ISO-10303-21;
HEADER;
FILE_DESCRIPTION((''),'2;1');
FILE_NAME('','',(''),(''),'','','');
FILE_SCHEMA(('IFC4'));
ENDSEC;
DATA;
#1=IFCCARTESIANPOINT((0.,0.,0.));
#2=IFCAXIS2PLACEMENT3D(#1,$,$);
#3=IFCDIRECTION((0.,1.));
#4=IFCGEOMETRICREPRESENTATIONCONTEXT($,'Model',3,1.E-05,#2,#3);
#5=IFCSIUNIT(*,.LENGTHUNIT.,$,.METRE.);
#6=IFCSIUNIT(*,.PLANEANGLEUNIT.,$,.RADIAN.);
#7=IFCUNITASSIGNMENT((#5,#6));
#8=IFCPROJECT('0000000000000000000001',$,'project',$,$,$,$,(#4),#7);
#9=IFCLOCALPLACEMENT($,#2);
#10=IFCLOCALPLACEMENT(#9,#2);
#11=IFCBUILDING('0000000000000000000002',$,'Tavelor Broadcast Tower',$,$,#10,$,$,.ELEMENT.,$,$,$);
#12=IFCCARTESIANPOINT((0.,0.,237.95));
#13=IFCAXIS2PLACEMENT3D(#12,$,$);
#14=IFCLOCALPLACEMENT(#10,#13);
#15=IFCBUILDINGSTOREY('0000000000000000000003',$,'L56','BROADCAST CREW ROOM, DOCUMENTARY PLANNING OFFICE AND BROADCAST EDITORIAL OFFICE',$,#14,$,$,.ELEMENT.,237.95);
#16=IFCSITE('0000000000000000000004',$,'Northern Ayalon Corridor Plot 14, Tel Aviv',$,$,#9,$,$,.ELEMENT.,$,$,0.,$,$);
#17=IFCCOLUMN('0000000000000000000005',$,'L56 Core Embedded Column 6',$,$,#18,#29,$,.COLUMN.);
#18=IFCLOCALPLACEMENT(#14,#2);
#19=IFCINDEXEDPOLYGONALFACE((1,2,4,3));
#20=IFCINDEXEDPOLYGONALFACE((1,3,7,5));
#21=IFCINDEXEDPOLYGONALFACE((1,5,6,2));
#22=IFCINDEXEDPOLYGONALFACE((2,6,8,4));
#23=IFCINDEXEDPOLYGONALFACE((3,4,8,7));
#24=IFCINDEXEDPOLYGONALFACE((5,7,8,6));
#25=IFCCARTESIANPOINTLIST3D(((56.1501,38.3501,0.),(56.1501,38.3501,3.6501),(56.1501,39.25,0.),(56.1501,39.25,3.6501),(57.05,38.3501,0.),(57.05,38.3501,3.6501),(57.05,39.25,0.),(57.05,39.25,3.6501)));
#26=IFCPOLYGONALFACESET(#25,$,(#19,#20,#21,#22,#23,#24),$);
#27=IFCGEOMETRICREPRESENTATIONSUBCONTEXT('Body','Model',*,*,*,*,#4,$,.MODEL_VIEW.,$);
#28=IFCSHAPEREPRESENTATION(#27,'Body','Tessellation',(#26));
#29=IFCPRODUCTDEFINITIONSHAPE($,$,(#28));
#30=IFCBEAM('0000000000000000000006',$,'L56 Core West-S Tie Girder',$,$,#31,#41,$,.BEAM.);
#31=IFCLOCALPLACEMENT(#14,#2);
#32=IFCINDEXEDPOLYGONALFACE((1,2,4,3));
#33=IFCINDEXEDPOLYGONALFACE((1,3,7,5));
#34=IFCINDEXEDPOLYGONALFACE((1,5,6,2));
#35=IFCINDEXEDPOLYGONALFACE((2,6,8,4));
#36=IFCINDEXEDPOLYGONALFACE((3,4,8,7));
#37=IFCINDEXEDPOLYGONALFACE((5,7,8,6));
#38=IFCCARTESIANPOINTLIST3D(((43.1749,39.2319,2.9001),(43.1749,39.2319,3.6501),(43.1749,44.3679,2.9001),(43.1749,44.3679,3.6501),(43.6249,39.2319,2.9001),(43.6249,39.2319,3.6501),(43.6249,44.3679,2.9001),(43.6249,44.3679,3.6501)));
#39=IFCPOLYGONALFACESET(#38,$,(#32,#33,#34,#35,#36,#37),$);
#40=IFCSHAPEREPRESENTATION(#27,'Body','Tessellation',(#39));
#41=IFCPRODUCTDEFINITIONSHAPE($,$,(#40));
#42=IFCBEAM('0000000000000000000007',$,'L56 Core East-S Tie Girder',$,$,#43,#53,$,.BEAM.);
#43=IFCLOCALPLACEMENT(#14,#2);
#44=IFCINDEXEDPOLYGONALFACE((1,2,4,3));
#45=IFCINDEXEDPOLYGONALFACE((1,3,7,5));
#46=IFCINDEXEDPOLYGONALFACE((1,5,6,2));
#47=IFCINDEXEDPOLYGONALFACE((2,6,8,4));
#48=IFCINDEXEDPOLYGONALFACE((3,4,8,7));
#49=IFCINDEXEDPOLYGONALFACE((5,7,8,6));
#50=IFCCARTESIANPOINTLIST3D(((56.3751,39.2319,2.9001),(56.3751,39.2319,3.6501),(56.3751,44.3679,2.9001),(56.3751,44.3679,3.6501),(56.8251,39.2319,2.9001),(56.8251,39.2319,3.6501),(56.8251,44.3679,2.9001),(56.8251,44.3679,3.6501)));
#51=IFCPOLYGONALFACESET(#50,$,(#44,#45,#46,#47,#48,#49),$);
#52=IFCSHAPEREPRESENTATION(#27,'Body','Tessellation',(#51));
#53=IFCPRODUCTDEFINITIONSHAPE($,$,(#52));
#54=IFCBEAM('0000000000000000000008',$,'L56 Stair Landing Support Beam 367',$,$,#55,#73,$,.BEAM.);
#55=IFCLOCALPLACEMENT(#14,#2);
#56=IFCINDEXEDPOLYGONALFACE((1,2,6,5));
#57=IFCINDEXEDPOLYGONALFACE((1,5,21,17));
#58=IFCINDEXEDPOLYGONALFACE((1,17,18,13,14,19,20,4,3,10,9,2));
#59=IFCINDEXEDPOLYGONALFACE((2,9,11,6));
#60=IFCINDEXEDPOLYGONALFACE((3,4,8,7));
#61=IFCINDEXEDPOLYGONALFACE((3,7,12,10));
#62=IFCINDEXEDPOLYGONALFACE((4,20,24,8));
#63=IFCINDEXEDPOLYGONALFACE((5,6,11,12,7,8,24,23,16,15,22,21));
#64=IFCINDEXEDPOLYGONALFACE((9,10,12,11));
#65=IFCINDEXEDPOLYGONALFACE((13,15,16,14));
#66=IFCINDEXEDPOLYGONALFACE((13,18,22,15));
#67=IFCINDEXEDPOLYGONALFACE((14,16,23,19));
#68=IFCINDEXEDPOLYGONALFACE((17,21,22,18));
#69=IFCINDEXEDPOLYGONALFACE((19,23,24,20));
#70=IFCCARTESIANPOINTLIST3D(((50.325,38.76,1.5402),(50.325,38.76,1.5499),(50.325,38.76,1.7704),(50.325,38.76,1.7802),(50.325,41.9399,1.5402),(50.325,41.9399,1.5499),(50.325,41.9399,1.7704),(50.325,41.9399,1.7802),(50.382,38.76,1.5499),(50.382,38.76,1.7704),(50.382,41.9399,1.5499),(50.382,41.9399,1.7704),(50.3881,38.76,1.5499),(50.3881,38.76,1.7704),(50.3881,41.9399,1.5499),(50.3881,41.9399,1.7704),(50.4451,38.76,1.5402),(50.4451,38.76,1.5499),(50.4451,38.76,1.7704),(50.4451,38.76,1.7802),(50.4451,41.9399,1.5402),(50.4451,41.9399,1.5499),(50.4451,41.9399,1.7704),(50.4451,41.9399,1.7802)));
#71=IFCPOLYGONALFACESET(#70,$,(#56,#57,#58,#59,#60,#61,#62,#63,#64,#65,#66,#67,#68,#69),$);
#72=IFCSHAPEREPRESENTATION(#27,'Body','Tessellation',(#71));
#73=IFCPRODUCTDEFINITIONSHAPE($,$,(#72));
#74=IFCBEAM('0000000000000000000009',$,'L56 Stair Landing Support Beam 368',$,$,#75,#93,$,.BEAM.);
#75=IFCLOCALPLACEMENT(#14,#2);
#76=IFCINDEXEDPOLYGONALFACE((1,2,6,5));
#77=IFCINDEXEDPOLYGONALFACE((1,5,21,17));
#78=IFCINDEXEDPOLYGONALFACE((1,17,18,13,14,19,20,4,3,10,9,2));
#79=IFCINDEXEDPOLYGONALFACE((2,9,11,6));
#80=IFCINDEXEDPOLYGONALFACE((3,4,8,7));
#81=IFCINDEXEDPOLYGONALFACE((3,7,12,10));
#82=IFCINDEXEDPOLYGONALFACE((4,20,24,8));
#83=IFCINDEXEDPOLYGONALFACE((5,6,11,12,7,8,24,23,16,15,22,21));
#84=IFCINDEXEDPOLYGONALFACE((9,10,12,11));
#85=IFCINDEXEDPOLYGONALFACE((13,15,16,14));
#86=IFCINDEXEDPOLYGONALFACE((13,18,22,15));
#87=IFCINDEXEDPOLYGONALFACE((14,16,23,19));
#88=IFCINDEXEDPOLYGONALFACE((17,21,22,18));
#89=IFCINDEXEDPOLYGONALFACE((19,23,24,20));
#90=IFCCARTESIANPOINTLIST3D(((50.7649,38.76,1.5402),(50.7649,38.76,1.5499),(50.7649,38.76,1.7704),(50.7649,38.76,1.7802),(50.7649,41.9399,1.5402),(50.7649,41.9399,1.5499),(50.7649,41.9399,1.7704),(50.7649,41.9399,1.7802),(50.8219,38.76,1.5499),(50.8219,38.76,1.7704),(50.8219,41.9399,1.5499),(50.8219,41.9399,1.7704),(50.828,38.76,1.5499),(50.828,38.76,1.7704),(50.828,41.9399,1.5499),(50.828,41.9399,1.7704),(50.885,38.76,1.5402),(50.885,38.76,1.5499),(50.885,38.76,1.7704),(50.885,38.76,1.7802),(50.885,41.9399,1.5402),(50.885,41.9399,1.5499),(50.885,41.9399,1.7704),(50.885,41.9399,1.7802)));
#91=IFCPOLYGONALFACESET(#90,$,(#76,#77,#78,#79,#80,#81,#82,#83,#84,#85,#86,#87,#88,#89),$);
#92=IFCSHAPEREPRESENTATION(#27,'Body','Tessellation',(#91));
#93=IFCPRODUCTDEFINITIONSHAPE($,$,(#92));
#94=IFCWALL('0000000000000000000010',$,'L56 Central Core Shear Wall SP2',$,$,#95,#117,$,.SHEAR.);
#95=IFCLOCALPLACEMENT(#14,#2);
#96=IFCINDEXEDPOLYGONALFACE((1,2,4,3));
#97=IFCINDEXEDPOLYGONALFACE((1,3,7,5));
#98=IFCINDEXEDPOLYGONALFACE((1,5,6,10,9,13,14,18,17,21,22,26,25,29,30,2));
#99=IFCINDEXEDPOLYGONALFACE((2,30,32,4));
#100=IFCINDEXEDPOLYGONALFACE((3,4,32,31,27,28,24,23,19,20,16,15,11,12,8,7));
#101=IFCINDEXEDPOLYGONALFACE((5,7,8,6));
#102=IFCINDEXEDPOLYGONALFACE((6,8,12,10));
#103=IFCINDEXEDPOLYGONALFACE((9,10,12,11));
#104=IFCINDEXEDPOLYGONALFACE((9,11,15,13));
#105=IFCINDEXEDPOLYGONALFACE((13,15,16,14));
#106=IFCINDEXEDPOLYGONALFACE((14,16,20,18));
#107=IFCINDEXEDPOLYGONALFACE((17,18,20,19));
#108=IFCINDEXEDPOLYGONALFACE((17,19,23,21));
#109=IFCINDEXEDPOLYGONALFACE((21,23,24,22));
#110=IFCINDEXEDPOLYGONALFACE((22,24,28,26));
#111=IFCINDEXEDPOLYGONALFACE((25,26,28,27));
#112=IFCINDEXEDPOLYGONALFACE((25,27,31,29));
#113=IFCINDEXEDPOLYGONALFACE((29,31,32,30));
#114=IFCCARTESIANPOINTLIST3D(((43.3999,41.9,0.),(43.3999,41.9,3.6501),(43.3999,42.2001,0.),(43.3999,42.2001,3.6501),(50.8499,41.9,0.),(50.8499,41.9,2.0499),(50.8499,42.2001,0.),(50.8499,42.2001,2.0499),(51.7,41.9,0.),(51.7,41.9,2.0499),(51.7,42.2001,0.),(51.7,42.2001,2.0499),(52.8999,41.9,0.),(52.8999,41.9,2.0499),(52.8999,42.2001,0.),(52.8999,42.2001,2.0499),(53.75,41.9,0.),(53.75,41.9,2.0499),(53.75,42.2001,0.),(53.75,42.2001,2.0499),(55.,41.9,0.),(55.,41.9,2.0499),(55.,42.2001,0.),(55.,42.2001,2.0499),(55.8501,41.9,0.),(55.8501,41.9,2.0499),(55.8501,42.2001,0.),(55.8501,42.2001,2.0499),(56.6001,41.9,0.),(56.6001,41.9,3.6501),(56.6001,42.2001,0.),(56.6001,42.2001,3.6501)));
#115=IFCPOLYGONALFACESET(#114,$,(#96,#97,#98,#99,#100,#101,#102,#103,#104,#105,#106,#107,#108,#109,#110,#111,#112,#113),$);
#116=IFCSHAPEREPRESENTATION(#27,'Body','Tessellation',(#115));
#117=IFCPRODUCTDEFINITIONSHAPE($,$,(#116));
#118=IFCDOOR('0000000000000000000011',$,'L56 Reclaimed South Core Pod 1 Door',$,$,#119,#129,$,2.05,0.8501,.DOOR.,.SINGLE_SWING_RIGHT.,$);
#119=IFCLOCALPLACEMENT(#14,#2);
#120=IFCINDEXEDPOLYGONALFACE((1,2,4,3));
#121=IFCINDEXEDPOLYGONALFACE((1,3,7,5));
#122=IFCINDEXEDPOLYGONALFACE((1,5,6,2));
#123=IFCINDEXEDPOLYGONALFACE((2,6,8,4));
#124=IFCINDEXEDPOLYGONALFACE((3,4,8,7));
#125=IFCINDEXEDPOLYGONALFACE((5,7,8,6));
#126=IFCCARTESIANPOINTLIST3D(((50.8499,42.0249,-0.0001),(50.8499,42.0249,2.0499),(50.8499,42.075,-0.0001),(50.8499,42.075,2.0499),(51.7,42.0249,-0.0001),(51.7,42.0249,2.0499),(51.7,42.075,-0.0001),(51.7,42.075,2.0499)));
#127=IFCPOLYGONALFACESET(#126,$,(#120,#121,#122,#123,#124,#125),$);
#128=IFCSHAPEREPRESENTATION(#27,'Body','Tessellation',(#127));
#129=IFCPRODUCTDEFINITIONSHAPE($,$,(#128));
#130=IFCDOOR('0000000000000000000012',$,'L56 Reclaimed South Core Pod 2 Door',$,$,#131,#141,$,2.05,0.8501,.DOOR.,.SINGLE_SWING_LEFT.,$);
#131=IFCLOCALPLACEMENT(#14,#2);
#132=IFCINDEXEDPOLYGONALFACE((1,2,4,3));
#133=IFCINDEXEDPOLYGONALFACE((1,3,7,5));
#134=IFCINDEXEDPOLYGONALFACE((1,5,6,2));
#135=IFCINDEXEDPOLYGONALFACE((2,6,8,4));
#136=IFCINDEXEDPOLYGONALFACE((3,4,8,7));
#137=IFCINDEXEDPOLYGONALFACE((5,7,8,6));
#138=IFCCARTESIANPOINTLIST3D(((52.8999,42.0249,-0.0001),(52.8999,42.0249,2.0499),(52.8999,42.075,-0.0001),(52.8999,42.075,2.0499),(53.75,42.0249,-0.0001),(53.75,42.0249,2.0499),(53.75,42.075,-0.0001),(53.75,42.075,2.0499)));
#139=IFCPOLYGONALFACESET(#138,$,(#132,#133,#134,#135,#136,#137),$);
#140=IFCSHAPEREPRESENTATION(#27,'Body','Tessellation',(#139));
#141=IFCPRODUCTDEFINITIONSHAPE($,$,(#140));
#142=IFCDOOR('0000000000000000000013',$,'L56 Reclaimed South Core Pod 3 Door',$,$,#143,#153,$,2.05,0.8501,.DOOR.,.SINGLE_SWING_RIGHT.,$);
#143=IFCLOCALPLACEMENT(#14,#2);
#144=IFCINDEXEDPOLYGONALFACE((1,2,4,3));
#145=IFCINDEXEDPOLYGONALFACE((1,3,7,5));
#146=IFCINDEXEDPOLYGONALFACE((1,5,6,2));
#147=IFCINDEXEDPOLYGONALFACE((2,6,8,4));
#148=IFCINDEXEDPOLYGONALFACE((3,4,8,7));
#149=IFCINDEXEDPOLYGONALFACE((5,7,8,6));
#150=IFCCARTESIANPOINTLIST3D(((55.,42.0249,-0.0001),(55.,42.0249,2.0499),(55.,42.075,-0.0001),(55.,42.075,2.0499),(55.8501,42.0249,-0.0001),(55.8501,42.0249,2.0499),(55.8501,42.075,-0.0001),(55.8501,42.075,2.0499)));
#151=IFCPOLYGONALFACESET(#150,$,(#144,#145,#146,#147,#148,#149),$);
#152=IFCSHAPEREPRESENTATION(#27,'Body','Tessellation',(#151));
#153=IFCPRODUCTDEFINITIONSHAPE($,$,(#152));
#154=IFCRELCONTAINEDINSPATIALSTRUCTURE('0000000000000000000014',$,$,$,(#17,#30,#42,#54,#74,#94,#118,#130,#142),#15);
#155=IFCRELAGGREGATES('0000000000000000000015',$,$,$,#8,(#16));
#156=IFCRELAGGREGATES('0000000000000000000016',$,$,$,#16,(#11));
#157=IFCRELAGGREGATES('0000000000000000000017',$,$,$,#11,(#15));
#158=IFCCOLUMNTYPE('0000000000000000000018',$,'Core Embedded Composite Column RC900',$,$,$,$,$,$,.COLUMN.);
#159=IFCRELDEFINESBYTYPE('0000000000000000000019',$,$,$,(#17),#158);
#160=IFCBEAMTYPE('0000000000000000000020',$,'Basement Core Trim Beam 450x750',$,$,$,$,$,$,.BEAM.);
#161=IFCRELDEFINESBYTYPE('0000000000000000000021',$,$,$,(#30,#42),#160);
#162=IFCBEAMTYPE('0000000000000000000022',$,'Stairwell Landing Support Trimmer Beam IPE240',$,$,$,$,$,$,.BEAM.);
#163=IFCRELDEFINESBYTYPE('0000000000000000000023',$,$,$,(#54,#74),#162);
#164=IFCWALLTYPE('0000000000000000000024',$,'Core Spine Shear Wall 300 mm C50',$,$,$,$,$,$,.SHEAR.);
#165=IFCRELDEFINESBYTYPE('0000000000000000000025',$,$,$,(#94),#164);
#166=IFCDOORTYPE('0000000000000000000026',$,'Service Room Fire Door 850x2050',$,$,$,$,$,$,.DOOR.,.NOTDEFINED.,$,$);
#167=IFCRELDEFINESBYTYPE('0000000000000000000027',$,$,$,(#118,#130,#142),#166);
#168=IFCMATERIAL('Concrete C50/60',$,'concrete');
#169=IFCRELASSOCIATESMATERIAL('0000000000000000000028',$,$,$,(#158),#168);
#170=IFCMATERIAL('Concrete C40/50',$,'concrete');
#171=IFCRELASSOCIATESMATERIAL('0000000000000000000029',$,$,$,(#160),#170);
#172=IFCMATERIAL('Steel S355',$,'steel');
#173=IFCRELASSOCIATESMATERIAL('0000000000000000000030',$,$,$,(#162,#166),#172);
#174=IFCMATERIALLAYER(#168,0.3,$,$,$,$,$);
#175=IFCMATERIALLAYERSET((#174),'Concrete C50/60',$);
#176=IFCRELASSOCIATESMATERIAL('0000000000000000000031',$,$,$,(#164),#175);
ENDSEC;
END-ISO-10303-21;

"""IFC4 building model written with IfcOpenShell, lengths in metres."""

from ifc_helpers import new_model, si_unit, direction, frame, frame_2d, origin, origin_2d, place, context, subcontext, project, spatial, rectangle, i_section, extrude, material, layer, layer_set, material_profile, profile_set, type_object, element, fill, save


model = new_model("IFC4")

# Units and contexts
model_context = context("Model", 3, precision=1e-05, world=origin(), true_north=direction((0.0, 1.0)))
body_context = subcontext(model_context, "Body", "Model", "MODEL_VIEW")
ifc_project = project(units=[si_unit("LENGTHUNIT", "METRE"), si_unit("PLANEANGLEUNIT", "RADIAN")], contexts=[model_context])

# Site, building, storey
site_placement = place(None, origin())
site = spatial("IfcSite", under=ifc_project, at=site_placement, Name="Northern Ayalon Corridor Plot 14, Tel Aviv", CompositionType="ELEMENT", RefElevation=0.0)
building_placement = place(site_placement, origin())
building = spatial("IfcBuilding", under=site, at=building_placement, Name="Tavelor Broadcast Tower", CompositionType="ELEMENT")
storey_placement = place(building_placement, frame((0.0, 0.0, 237.95)))
storey = spatial("IfcBuildingStorey", under=building, at=storey_placement, Name="L56", Description="BROADCAST CREW ROOM, DOCUMENTARY PLANNING OFFICE AND BROADCAST EDITORIAL OFFICE", CompositionType="ELEMENT", Elevation=237.95)

# Column
ifc_material_1 = material(Name="Concrete C50/60", Category="concrete")
ifc_material_profile_1 = material_profile(ifc_material_1, rectangle(XDim=0.8999, YDim=0.8999, at=origin_2d()), Name="RC 900x900")
ifc_profile_set_1 = profile_set([ifc_material_profile_1], Name="Concrete C50/60")
column_type = type_object("IfcColumnType", Name="Core Embedded Composite Column RC900", PredefinedType="COLUMN", material=ifc_profile_set_1)
column_placement = place(storey_placement, frame((56.6001, 38.8, 0.0), z_axis=(0.0, 0.0, 1.0), x_axis=(1.0, 0.0, 0.0)))
element("IfcColumn", 1, at=column_placement, inside=storey, type_object=column_type, Name="L56 Core Embedded Column 6", PredefinedType="COLUMN", context=body_context, shape_type="SweptSolid", body=[
    extrude(rectangle(XDim=0.8999, YDim=0.8999, at=origin_2d()), origin(), (0.0, 0.0, 1.0), 3.6501),
])

# Beams
ifc_material_2 = material(Name="Concrete C40/50", Category="concrete")
ifc_material_profile_2 = material_profile(ifc_material_2, rectangle(XDim=0.45, YDim=0.75, at=origin_2d()), Name="RC 450x750")
ifc_profile_set_2 = profile_set([ifc_material_profile_2], Name="Concrete C40/50")
beam_type_1 = type_object("IfcBeamType", Name="Basement Core Trim Beam 450x750", PredefinedType="BEAM", material=ifc_profile_set_2)
for number, where, z_axis, x_axis, name in (
    (2, (43.3999, 39.2319, 3.2751), (0.0, 1.0, 0.0), (-1.0, 0.0, 0.0), "L56 Core West-S Tie Girder"),
    (3, (56.6001, 39.2319, 3.2751), (0.0, 1.0, 0.0), (-1.0, 0.0, 0.0), "L56 Core East-S Tie Girder"),
):
    element("IfcBeam", number, at=place(storey_placement, frame(where, z_axis=z_axis, x_axis=x_axis)), inside=storey, type_object=beam_type_1, Name=name, PredefinedType="BEAM", context=body_context, shape_type="SweptSolid", body=[
        extrude(rectangle(XDim=0.45, YDim=0.75, at=origin_2d()), origin(), (0.0, 0.0, 1.0), 5.136),
    ])
ifc_material_3 = material(Name="Steel S355", Category="steel")
ifc_material_profile_3 = material_profile(ifc_material_3, i_section(OverallWidth=0.1201, OverallDepth=0.24, WebThickness=0.0061, FlangeThickness=0.0098, at=origin_2d()), Name="IPE 240")
ifc_profile_set_3 = profile_set([ifc_material_profile_3], Name="Steel S355")
beam_type_2 = type_object("IfcBeamType", Name="Stairwell Landing Support Trimmer Beam IPE240", PredefinedType="BEAM", material=ifc_profile_set_3)
for number, where, z_axis, x_axis, name in (
    (4, (50.385, 38.76, 1.6602), (0.0, 1.0, 0.0), (-1.0, 0.0, 0.0), "L56 Stair Landing Support Beam 367"),
    (5, (50.825, 38.76, 1.6602), (0.0, 1.0, 0.0), (-1.0, 0.0, 0.0), "L56 Stair Landing Support Beam 368"),
):
    element("IfcBeam", number, at=place(storey_placement, frame(where, z_axis=z_axis, x_axis=x_axis)), inside=storey, type_object=beam_type_2, Name=name, PredefinedType="BEAM", context=body_context, shape_type="SweptSolid", body=[
        extrude(i_section(OverallWidth=0.1201, OverallDepth=0.24, WebThickness=0.0061, FlangeThickness=0.0098, at=origin_2d()), origin(), (0.0, 0.0, 1.0), 3.1799),
    ])

# Wall, openings, doors
ifc_layer_1 = layer(ifc_material_1, 0.3)
ifc_layer_set_1 = layer_set([ifc_layer_1], Name="Concrete C50/60")
wall_type_1 = type_object("IfcWallType", Name="Core Spine Shear Wall 300 mm C50", PredefinedType="SHEAR", material=ifc_layer_set_1)
wall_1_placement = place(storey_placement, frame((43.3999, 42.05, 0.0), z_axis=(0.0, 0.0, 1.0), x_axis=(1.0, 0.0, 0.0)))
wall_1 = element("IfcWall", 6, at=wall_1_placement, inside=storey, type_object=wall_type_1, Name="L56 Central Core Shear Wall SP2", PredefinedType="SHEAR", context=body_context, shape_type="SweptSolid", body=[
    extrude(rectangle(XDim=13.2002, YDim=0.3, at=frame_2d((6.6001, 0.0))), origin(), (0.0, 0.0, 1.0), 3.6501),
])
opening_1_placement = place(wall_1_placement, frame((7.45, 0.0, 0.0)))
opening_1 = element("IfcOpeningElement", 7, at=opening_1_placement, cuts=wall_1, PredefinedType="OPENING", context=body_context, shape_type="SweptSolid", body=[
    extrude(rectangle(XDim=0.8501, YDim=2.05, at=frame_2d((0.425, 1.0249))), frame((0.0, 0.1602, 0.0), z_axis=(0.0, -1.0, 0.0), x_axis=(1.0, 0.0, 0.0)), (0.0, 0.0, 1.0), 0.3201),
])
opening_2_placement = place(wall_1_placement, frame((9.5, 0.0, 0.0)))
opening_2 = element("IfcOpeningElement", 8, at=opening_2_placement, cuts=wall_1, PredefinedType="OPENING", context=body_context, shape_type="SweptSolid", body=[
    extrude(rectangle(XDim=0.8501, YDim=2.05, at=frame_2d((0.425, 1.0249))), frame((0.0, 0.1602, 0.0), z_axis=(0.0, -1.0, 0.0), x_axis=(1.0, 0.0, 0.0)), (0.0, 0.0, 1.0), 0.3201),
])
opening_3_placement = place(wall_1_placement, frame((11.6001, 0.0, 0.0)))
opening_3 = element("IfcOpeningElement", 9, at=opening_3_placement, cuts=wall_1, PredefinedType="OPENING", context=body_context, shape_type="SweptSolid", body=[
    extrude(rectangle(XDim=0.8501, YDim=2.05, at=frame_2d((0.425, 1.0249))), frame((0.0, 0.1602, 0.0), z_axis=(0.0, -1.0, 0.0), x_axis=(1.0, 0.0, 0.0)), (0.0, 0.0, 1.0), 0.3201),
])
door_type_1 = type_object("IfcDoorType", Name="Service Room Fire Door 850x2050", OperationType="NOTDEFINED", PredefinedType="DOOR", material=ifc_material_3)
door_1_placement = place(opening_1_placement, origin())
door_1 = element("IfcDoor", 10, at=door_1_placement, inside=storey, type_object=door_type_1, Name="L56 Reclaimed South Core Pod 1 Door", OperationType="SINGLE_SWING_RIGHT", OverallHeight=2.05, OverallWidth=0.8501, PredefinedType="DOOR", context=body_context, shape_type="SweptSolid", body=[
    extrude(rectangle(XDim=0.8501, YDim=2.05, at=frame_2d((0.425, 1.0249))), frame((0.0, 0.0249, 0.0), z_axis=(0.0, -1.0, 0.0), x_axis=(1.0, 0.0, 0.0)), (0.0, 0.0, 1.0), 0.05),
])
fill(opening_1, door_1)
door_2_placement = place(opening_2_placement, origin())
door_2 = element("IfcDoor", 11, at=door_2_placement, inside=storey, type_object=door_type_1, Name="L56 Reclaimed South Core Pod 2 Door", OperationType="SINGLE_SWING_LEFT", OverallHeight=2.05, OverallWidth=0.8501, PredefinedType="DOOR", context=body_context, shape_type="SweptSolid", body=[
    extrude(rectangle(XDim=0.8501, YDim=2.05, at=frame_2d((0.425, 1.0249))), frame((0.0, 0.0249, 0.0), z_axis=(0.0, -1.0, 0.0), x_axis=(1.0, 0.0, 0.0)), (0.0, 0.0, 1.0), 0.05),
])
fill(opening_2, door_2)
door_3_placement = place(opening_3_placement, origin())
door_3 = element("IfcDoor", 12, at=door_3_placement, inside=storey, type_object=door_type_1, Name="L56 Reclaimed South Core Pod 3 Door", OperationType="SINGLE_SWING_RIGHT", OverallHeight=2.05, OverallWidth=0.8501, PredefinedType="DOOR", context=body_context, shape_type="SweptSolid", body=[
    extrude(rectangle(XDim=0.8501, YDim=2.05, at=frame_2d((0.425, 1.0249))), frame((0.0, 0.0249, 0.0), z_axis=(0.0, -1.0, 0.0), x_axis=(1.0, 0.0, 0.0)), (0.0, 0.0, 1.0), 0.05),
])
fill(opening_3, door_3)

save(model, "model.ifc")
